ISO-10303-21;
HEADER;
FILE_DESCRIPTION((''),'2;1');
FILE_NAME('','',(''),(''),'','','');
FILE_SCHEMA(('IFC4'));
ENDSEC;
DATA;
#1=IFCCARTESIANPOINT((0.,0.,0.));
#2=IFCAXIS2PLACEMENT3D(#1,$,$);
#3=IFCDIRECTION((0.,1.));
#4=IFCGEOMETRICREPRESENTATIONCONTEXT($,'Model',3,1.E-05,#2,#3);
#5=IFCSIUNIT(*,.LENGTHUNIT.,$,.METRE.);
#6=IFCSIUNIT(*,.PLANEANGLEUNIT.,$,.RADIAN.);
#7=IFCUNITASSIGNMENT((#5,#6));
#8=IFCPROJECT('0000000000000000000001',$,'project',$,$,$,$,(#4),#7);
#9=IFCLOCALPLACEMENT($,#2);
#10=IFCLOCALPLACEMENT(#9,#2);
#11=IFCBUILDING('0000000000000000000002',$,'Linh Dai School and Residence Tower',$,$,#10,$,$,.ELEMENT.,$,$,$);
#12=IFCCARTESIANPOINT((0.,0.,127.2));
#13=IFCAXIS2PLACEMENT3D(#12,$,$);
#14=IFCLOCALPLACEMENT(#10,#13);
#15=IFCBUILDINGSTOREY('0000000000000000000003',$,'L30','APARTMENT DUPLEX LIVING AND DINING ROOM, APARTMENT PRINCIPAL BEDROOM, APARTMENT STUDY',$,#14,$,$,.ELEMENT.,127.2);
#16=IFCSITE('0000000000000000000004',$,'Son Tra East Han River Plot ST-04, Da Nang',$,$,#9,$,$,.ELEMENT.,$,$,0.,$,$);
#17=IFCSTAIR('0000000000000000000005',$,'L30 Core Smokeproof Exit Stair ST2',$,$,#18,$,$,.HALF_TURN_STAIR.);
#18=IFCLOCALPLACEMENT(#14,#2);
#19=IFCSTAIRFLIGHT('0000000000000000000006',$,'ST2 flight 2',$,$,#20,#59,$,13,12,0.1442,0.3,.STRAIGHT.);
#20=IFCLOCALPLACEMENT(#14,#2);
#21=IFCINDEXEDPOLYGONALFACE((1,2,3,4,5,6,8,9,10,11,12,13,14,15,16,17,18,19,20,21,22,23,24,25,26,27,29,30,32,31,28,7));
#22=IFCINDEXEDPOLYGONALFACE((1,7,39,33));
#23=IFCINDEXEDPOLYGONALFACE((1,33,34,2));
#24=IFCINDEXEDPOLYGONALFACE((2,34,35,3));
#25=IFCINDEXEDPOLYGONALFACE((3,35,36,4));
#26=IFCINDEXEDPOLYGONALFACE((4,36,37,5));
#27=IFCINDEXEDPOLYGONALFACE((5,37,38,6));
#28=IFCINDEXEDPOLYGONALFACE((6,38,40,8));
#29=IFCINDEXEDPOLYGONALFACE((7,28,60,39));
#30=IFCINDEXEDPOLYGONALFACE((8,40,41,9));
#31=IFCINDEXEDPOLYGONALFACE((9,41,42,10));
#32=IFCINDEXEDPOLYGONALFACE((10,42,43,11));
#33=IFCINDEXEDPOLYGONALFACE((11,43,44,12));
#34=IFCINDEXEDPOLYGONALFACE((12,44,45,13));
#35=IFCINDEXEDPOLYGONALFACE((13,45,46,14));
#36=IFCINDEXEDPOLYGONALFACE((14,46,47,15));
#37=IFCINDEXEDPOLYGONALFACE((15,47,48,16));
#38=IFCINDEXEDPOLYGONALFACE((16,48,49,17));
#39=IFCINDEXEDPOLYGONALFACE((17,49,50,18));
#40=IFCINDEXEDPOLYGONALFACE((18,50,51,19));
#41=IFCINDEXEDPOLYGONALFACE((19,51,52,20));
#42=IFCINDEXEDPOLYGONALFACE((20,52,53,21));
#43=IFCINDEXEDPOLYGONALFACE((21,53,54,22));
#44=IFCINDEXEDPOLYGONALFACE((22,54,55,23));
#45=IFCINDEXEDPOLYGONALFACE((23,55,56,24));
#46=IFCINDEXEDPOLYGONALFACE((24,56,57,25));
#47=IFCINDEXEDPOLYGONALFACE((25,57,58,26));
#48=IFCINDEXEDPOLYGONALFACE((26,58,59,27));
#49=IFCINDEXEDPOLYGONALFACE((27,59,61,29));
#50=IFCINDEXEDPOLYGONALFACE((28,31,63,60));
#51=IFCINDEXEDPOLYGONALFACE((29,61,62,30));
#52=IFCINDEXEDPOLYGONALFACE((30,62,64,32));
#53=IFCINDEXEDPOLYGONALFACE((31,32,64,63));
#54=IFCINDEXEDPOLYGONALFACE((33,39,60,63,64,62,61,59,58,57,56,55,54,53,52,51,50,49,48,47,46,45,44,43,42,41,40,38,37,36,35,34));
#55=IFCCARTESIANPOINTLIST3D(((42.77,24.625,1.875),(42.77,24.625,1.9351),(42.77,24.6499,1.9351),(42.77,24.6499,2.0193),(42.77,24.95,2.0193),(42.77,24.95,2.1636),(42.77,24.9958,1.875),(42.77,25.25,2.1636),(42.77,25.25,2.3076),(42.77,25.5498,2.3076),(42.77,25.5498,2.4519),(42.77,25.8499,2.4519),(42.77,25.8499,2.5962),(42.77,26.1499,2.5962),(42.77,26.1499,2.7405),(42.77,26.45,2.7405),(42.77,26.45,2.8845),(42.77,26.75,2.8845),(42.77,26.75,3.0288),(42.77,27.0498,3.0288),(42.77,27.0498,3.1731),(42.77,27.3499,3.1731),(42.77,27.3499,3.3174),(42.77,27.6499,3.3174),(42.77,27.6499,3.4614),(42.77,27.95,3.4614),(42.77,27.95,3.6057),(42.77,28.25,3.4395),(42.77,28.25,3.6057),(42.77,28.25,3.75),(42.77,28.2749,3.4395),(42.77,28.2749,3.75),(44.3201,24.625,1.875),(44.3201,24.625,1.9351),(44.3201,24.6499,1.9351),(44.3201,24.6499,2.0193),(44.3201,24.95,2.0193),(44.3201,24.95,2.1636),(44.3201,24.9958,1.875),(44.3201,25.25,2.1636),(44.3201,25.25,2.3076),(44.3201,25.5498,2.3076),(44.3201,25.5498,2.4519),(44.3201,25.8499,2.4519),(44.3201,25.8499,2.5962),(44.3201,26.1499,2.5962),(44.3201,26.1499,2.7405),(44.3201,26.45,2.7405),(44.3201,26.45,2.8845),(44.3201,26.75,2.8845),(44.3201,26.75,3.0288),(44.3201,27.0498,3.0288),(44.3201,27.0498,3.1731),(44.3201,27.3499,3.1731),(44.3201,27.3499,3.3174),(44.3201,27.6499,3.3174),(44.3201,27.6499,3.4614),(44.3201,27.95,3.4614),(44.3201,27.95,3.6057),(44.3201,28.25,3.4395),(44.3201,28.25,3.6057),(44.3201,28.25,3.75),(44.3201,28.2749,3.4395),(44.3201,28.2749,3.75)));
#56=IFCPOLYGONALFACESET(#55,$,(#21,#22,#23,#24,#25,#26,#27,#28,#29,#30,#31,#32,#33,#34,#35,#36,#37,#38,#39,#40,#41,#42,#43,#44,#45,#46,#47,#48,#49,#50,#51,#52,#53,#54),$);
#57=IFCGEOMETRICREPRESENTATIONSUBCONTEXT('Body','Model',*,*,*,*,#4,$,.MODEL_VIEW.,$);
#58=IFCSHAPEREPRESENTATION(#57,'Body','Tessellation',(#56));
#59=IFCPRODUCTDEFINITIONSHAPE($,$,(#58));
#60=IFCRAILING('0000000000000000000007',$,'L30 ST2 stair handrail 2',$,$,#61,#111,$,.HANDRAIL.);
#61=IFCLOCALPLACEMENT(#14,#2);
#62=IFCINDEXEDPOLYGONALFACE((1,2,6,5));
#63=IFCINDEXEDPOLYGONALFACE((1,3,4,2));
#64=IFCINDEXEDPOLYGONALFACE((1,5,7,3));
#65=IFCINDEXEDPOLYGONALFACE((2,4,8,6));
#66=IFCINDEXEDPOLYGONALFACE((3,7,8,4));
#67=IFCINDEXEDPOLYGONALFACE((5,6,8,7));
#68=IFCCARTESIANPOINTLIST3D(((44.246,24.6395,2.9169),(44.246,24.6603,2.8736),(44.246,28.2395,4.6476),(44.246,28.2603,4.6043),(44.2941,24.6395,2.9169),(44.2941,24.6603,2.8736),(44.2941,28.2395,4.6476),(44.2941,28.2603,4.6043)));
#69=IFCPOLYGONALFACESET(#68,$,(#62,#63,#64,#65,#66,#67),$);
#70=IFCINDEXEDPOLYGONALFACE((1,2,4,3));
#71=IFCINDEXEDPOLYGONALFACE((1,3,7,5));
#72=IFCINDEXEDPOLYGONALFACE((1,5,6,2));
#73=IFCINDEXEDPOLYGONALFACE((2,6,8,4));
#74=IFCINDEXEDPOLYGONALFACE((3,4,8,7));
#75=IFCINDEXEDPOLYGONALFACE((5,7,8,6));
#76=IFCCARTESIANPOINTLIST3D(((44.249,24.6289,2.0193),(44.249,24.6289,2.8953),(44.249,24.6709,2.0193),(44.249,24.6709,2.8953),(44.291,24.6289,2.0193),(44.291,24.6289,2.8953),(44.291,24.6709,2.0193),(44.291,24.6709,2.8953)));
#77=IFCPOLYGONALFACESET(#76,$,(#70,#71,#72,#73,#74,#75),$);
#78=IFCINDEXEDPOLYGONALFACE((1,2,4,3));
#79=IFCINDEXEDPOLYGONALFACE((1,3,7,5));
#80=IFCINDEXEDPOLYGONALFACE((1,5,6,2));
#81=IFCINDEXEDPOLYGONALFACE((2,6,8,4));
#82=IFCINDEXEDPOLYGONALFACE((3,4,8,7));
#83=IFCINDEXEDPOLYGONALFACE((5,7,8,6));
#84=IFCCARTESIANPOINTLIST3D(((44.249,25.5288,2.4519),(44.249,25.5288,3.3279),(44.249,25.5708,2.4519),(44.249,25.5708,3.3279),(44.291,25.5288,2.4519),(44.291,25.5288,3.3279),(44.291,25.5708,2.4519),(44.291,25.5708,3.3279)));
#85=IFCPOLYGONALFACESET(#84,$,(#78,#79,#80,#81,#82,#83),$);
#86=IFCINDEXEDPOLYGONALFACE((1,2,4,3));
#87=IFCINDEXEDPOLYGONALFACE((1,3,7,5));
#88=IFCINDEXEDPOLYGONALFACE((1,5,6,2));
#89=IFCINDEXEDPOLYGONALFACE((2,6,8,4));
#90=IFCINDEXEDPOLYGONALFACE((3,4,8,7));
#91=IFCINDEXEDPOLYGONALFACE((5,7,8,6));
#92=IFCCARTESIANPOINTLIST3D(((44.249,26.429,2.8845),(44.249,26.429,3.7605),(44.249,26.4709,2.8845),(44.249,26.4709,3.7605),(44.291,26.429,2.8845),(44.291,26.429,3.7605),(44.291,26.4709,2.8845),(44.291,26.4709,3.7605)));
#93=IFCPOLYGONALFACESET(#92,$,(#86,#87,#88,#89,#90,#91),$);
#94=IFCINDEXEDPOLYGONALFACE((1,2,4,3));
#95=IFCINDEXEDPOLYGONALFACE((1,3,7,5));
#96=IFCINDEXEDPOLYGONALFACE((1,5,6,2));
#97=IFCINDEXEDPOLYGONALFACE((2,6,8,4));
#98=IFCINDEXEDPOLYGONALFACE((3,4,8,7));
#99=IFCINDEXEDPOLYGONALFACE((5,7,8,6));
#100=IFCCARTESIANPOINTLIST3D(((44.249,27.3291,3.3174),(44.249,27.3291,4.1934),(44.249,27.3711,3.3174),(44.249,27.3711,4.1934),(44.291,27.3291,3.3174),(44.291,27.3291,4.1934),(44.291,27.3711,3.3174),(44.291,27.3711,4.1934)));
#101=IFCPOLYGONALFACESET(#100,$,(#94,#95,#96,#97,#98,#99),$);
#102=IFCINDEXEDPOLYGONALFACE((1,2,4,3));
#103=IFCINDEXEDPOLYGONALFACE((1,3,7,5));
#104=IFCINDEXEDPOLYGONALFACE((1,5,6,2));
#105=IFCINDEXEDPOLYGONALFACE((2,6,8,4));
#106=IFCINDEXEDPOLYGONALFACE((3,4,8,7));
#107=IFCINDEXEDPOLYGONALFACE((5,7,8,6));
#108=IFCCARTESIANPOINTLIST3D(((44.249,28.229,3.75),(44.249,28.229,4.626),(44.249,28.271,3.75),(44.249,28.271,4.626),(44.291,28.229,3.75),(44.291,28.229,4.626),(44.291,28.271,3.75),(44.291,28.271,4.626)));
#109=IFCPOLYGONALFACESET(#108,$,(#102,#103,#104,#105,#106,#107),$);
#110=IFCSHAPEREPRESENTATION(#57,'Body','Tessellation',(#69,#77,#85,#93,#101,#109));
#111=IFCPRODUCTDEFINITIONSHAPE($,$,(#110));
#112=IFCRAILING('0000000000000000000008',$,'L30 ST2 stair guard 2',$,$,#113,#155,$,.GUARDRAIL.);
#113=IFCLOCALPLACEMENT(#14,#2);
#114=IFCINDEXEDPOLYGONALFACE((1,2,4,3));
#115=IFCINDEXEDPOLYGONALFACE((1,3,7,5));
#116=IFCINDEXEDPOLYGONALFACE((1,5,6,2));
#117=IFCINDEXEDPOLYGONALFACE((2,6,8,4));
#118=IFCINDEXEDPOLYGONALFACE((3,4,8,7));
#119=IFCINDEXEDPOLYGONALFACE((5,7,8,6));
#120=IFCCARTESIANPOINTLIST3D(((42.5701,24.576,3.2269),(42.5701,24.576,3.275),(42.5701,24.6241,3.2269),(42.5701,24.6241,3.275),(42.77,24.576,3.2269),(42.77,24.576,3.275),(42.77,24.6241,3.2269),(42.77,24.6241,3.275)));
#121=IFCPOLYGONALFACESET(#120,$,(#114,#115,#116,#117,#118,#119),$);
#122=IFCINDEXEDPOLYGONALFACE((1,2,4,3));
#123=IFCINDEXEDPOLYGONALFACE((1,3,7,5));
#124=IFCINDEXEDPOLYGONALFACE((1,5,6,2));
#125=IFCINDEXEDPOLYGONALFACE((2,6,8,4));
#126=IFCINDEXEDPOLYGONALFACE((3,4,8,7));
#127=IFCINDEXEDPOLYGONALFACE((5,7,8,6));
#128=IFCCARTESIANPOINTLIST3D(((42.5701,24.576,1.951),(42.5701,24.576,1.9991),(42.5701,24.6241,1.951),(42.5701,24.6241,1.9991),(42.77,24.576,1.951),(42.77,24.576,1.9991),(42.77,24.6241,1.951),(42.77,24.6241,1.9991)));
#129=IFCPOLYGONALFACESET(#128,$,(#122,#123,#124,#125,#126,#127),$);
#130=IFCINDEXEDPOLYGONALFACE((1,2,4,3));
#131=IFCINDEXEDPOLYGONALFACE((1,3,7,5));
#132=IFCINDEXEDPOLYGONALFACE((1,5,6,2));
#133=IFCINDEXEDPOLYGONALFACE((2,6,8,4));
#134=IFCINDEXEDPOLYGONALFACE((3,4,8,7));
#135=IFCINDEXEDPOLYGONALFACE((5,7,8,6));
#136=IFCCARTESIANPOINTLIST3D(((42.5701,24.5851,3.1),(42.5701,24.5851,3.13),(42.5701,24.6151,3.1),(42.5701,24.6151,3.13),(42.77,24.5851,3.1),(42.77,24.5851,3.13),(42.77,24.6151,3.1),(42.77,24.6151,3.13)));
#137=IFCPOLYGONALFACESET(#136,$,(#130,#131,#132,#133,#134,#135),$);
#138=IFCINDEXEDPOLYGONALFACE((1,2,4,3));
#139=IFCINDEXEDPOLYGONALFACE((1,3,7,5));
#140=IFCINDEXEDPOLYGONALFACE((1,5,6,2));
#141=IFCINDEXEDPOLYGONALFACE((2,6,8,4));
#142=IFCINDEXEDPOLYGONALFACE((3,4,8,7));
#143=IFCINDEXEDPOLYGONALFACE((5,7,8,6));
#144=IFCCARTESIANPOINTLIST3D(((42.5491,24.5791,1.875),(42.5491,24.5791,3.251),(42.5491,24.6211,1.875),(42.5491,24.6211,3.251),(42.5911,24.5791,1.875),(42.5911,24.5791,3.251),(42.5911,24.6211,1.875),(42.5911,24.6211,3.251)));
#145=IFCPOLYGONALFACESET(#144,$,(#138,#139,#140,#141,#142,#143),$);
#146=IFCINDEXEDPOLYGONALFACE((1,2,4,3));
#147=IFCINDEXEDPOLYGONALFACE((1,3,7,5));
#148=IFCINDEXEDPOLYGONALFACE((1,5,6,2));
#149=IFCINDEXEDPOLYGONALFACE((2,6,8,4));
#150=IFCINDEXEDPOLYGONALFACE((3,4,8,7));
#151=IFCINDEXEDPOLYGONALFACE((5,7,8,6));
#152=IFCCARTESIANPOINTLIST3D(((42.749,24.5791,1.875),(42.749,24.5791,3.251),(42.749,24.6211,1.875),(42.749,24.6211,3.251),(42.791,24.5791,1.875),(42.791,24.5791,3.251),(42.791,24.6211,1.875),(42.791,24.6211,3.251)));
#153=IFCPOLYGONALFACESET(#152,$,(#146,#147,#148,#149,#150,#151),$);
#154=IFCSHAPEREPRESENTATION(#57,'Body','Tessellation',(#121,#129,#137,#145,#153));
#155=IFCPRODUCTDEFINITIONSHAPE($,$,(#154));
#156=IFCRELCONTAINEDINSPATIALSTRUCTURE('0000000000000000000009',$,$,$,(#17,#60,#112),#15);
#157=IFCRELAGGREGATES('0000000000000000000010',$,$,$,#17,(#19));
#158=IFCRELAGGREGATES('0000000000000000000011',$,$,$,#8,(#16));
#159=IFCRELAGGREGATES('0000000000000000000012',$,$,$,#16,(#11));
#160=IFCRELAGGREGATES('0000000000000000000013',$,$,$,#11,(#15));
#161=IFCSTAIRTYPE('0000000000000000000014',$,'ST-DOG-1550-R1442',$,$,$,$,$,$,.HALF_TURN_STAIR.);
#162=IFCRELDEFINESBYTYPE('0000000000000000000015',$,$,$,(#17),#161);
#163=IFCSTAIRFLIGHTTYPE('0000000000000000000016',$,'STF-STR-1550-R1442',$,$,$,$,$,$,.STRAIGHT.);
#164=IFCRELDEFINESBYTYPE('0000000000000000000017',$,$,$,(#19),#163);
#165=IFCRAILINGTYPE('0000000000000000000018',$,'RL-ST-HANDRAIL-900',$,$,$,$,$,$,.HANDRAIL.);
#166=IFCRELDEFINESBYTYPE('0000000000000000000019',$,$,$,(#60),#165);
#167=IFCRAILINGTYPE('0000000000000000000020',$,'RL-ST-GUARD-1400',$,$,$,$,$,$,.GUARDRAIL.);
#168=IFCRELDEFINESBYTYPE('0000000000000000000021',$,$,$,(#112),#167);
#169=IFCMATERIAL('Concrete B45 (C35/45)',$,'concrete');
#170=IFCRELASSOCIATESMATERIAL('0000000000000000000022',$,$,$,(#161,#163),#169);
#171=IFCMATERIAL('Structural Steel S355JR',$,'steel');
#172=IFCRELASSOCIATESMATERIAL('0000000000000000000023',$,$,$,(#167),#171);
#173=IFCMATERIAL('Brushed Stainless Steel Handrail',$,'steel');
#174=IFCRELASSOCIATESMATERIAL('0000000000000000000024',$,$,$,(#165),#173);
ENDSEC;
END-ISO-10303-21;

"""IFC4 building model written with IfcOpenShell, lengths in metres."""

from ifc_helpers import new_model, si_unit, direction, frame, origin, origin_2d, place, context, subcontext, project, spatial, polyline, rectangle, outline, extrude, source, transform, mapped, material, type_object, element, aggregate, save


model = new_model("IFC4")

# Units and contexts
model_context = context("Model", 3, precision=1e-05, world=origin(), true_north=direction((0.0, 1.0)))
body_context = subcontext(model_context, "Body", "Model", "MODEL_VIEW")
ifc_project = project(units=[si_unit("LENGTHUNIT", "METRE"), si_unit("PLANEANGLEUNIT", "RADIAN")], contexts=[model_context])

# Site, building, storey
site_placement = place(None, origin())
site = spatial("IfcSite", under=ifc_project, at=site_placement, Name="Son Tra East Han River Plot ST-04, Da Nang", CompositionType="ELEMENT", RefElevation=0.0)
building_placement = place(site_placement, origin())
building = spatial("IfcBuilding", under=site, at=building_placement, Name="Linh Dai School and Residence Tower", CompositionType="ELEMENT")
storey_placement = place(building_placement, frame((0.0, 0.0, 127.2)))
storey = spatial("IfcBuildingStorey", under=building, at=storey_placement, Name="L30", Description="APARTMENT DUPLEX LIVING AND DINING ROOM, APARTMENT PRINCIPAL BEDROOM, APARTMENT STUDY", CompositionType="ELEMENT", Elevation=127.2)

# Shared definitions
ifc_material_1 = material(Name="Structural Steel S355JR", Category="steel")

# Shared definitions
ifc_material_2 = material(Name="Concrete B45 (C35/45)", Category="concrete")

# Stair, stair flight
stair_type = type_object("IfcStairType", Name="ST-DOG-1550-R1442", PredefinedType="HALF_TURN_STAIR", material=ifc_material_2)
stair_placement = place(storey_placement, origin())
stair = element("IfcStair", 1, at=stair_placement, inside=storey, type_object=stair_type, Name="L30 Core Smokeproof Exit Stair ST2", PredefinedType="HALF_TURN_STAIR")
stair_flight_type = type_object("IfcStairFlightType", Name="STF-STR-1550-R1442", PredefinedType="STRAIGHT", material=ifc_material_2)
shared_shape_1 = source(origin(), body_context, "Body", "SweptSolid", [
    extrude(outline(polyline([(-0.0249, 0.0), (-0.0249, 0.0601), (0.0, 0.0601), (0.0, 0.1443), (0.3, 0.1443), (0.3, 0.2886), (0.6001, 0.2886), (0.6001, 0.4326), (0.8999, 0.4326), (0.8999, 0.5769), (1.2, 0.5769), (1.2, 0.7212), (1.5, 0.7212), (1.5, 0.8655), (1.8, 0.8655), (1.8, 1.0095), (2.1001, 1.0095), (2.1001, 1.1538), (2.3999, 1.1538), (2.3999, 1.2981), (2.7, 1.2981), (2.7, 1.4424), (3.0, 1.4424), (3.0, 1.5864), (3.3, 1.5864), (3.3, 1.7307), (3.6001, 1.7307), (3.6001, 1.875), (3.625, 1.875), (3.625, 1.5645), (3.6001, 1.5645), (0.3459, 0.0), (-0.0249, 0.0)])), frame((0.0, 0.7749, 0.0), z_axis=(0.0, -1.0, 0.0), x_axis=(1.0, 0.0, 0.0)), (0.0, 0.0, 1.0), 1.55),
])
stair_flight_placement = place(storey_placement, frame((43.5449, 24.6499, 1.875), z_axis=(0.0, 0.0, 1.0), x_axis=(0.0, 1.0, 0.0)))
stair_flight = element("IfcStairFlight", 2, at=stair_flight_placement, type_object=stair_flight_type, Name="ST2 flight 2", NumberOfRisers=13, NumberOfTreads=12, PredefinedType="STRAIGHT", RiserHeight=0.1442, TreadLength=0.3, context=body_context, shape_type="MappedRepresentation", body=[
    mapped(shared_shape_1, transform((0.0, 0.0, 0.0), x_axis=(1.0, 0.0, 0.0), y_axis=(0.0, 1.0, 0.0), z_axis=(0.0, 0.0, 1.0), scale=1.0)),
])
aggregate(stair, [stair_flight])

# Railings
railing_type_1 = type_object("IfcRailingType", Name="RL-ST-GUARD-1400", PredefinedType="GUARDRAIL", material=ifc_material_1)
ifc_material_3 = material(Name="Brushed Stainless Steel Handrail", Category="steel")
railing_type_2 = type_object("IfcRailingType", Name="RL-ST-HANDRAIL-900", PredefinedType="HANDRAIL", material=ifc_material_3)
shared_shape_2 = source(origin(), body_context, "Body", "SweptSolid", [
    extrude(rectangle(XDim=0.0481, YDim=0.0481, at=origin_2d()), frame((0.0, 0.0, 0.876), z_axis=(0.0, 0.901263, 0.433273), x_axis=(-1.0, 0.0, 0.0)), (0.0, 0.0, 1.0), 3.9944),
    extrude(rectangle(XDim=0.042, YDim=0.042, at=origin_2d()), origin(), (0.0, 0.0, 1.0), 0.876),
    extrude(rectangle(XDim=0.042, YDim=0.042, at=origin_2d()), frame((0.0, 0.8999, 0.4326)), (0.0, 0.0, 1.0), 0.876),
    extrude(rectangle(XDim=0.042, YDim=0.042, at=origin_2d()), frame((0.0, 1.8, 0.8652)), (0.0, 0.0, 1.0), 0.876),
    extrude(rectangle(XDim=0.042, YDim=0.042, at=origin_2d()), frame((0.0, 2.7002, 1.2981)), (0.0, 0.0, 1.0), 0.876),
    extrude(rectangle(XDim=0.042, YDim=0.042, at=origin_2d()), frame((0.0, 3.6001, 1.7307)), (0.0, 0.0, 1.0), 0.876),
])
railing_1_placement = place(storey_placement, frame((44.27, 24.6499, 2.0193)))
element("IfcRailing", 3, at=railing_1_placement, inside=storey, type_object=railing_type_2, Name="L30 ST2 stair handrail 2", PredefinedType="HANDRAIL", context=body_context, shape_type="MappedRepresentation", body=[
    mapped(shared_shape_2, transform((0.0, 0.0, 0.0), x_axis=(1.0, 0.0, 0.0), y_axis=(0.0, 1.0, 0.0), z_axis=(0.0, 0.0, 1.0), scale=1.0)),
])
shared_shape_3 = source(origin(), body_context, "Body", "SweptSolid", [
    extrude(rectangle(XDim=0.0481, YDim=0.0481, at=origin_2d()), frame((0.0, 0.0, 1.376), z_axis=(1.0, 0.0, 0.0), x_axis=(0.0, 1.0, 0.0)), (0.0, 0.0, 1.0), 0.2),
    extrude(rectangle(XDim=0.0481, YDim=0.0481, at=origin_2d()), frame((0.0, 0.0, 0.1001), z_axis=(1.0, 0.0, 0.0), x_axis=(0.0, 1.0, 0.0)), (0.0, 0.0, 1.0), 0.2),
    extrude(rectangle(XDim=0.03, YDim=0.03, at=origin_2d()), frame((0.0, 0.0, 1.24), z_axis=(1.0, 0.0, 0.0), x_axis=(0.0, 1.0, 0.0)), (0.0, 0.0, 1.0), 0.2),
    extrude(rectangle(XDim=0.042, YDim=0.042, at=origin_2d()), origin(), (0.0, 0.0, 1.0), 1.376),
    extrude(rectangle(XDim=0.042, YDim=0.042, at=origin_2d()), frame((0.2, 0.0, 0.0)), (0.0, 0.0, 1.0), 1.376),
])
railing_2_placement = place(storey_placement, frame((42.5701, 24.6001, 1.875)))
element("IfcRailing", 4, at=railing_2_placement, inside=storey, type_object=railing_type_1, Name="L30 ST2 stair guard 2", PredefinedType="GUARDRAIL", context=body_context, shape_type="MappedRepresentation", body=[
    mapped(shared_shape_3, transform((0.0, 0.0, 0.0), x_axis=(1.0, 0.0, 0.0), y_axis=(0.0, 1.0, 0.0), z_axis=(0.0, 0.0, 1.0), scale=1.0)),
])

save(model, "model.ifc")
